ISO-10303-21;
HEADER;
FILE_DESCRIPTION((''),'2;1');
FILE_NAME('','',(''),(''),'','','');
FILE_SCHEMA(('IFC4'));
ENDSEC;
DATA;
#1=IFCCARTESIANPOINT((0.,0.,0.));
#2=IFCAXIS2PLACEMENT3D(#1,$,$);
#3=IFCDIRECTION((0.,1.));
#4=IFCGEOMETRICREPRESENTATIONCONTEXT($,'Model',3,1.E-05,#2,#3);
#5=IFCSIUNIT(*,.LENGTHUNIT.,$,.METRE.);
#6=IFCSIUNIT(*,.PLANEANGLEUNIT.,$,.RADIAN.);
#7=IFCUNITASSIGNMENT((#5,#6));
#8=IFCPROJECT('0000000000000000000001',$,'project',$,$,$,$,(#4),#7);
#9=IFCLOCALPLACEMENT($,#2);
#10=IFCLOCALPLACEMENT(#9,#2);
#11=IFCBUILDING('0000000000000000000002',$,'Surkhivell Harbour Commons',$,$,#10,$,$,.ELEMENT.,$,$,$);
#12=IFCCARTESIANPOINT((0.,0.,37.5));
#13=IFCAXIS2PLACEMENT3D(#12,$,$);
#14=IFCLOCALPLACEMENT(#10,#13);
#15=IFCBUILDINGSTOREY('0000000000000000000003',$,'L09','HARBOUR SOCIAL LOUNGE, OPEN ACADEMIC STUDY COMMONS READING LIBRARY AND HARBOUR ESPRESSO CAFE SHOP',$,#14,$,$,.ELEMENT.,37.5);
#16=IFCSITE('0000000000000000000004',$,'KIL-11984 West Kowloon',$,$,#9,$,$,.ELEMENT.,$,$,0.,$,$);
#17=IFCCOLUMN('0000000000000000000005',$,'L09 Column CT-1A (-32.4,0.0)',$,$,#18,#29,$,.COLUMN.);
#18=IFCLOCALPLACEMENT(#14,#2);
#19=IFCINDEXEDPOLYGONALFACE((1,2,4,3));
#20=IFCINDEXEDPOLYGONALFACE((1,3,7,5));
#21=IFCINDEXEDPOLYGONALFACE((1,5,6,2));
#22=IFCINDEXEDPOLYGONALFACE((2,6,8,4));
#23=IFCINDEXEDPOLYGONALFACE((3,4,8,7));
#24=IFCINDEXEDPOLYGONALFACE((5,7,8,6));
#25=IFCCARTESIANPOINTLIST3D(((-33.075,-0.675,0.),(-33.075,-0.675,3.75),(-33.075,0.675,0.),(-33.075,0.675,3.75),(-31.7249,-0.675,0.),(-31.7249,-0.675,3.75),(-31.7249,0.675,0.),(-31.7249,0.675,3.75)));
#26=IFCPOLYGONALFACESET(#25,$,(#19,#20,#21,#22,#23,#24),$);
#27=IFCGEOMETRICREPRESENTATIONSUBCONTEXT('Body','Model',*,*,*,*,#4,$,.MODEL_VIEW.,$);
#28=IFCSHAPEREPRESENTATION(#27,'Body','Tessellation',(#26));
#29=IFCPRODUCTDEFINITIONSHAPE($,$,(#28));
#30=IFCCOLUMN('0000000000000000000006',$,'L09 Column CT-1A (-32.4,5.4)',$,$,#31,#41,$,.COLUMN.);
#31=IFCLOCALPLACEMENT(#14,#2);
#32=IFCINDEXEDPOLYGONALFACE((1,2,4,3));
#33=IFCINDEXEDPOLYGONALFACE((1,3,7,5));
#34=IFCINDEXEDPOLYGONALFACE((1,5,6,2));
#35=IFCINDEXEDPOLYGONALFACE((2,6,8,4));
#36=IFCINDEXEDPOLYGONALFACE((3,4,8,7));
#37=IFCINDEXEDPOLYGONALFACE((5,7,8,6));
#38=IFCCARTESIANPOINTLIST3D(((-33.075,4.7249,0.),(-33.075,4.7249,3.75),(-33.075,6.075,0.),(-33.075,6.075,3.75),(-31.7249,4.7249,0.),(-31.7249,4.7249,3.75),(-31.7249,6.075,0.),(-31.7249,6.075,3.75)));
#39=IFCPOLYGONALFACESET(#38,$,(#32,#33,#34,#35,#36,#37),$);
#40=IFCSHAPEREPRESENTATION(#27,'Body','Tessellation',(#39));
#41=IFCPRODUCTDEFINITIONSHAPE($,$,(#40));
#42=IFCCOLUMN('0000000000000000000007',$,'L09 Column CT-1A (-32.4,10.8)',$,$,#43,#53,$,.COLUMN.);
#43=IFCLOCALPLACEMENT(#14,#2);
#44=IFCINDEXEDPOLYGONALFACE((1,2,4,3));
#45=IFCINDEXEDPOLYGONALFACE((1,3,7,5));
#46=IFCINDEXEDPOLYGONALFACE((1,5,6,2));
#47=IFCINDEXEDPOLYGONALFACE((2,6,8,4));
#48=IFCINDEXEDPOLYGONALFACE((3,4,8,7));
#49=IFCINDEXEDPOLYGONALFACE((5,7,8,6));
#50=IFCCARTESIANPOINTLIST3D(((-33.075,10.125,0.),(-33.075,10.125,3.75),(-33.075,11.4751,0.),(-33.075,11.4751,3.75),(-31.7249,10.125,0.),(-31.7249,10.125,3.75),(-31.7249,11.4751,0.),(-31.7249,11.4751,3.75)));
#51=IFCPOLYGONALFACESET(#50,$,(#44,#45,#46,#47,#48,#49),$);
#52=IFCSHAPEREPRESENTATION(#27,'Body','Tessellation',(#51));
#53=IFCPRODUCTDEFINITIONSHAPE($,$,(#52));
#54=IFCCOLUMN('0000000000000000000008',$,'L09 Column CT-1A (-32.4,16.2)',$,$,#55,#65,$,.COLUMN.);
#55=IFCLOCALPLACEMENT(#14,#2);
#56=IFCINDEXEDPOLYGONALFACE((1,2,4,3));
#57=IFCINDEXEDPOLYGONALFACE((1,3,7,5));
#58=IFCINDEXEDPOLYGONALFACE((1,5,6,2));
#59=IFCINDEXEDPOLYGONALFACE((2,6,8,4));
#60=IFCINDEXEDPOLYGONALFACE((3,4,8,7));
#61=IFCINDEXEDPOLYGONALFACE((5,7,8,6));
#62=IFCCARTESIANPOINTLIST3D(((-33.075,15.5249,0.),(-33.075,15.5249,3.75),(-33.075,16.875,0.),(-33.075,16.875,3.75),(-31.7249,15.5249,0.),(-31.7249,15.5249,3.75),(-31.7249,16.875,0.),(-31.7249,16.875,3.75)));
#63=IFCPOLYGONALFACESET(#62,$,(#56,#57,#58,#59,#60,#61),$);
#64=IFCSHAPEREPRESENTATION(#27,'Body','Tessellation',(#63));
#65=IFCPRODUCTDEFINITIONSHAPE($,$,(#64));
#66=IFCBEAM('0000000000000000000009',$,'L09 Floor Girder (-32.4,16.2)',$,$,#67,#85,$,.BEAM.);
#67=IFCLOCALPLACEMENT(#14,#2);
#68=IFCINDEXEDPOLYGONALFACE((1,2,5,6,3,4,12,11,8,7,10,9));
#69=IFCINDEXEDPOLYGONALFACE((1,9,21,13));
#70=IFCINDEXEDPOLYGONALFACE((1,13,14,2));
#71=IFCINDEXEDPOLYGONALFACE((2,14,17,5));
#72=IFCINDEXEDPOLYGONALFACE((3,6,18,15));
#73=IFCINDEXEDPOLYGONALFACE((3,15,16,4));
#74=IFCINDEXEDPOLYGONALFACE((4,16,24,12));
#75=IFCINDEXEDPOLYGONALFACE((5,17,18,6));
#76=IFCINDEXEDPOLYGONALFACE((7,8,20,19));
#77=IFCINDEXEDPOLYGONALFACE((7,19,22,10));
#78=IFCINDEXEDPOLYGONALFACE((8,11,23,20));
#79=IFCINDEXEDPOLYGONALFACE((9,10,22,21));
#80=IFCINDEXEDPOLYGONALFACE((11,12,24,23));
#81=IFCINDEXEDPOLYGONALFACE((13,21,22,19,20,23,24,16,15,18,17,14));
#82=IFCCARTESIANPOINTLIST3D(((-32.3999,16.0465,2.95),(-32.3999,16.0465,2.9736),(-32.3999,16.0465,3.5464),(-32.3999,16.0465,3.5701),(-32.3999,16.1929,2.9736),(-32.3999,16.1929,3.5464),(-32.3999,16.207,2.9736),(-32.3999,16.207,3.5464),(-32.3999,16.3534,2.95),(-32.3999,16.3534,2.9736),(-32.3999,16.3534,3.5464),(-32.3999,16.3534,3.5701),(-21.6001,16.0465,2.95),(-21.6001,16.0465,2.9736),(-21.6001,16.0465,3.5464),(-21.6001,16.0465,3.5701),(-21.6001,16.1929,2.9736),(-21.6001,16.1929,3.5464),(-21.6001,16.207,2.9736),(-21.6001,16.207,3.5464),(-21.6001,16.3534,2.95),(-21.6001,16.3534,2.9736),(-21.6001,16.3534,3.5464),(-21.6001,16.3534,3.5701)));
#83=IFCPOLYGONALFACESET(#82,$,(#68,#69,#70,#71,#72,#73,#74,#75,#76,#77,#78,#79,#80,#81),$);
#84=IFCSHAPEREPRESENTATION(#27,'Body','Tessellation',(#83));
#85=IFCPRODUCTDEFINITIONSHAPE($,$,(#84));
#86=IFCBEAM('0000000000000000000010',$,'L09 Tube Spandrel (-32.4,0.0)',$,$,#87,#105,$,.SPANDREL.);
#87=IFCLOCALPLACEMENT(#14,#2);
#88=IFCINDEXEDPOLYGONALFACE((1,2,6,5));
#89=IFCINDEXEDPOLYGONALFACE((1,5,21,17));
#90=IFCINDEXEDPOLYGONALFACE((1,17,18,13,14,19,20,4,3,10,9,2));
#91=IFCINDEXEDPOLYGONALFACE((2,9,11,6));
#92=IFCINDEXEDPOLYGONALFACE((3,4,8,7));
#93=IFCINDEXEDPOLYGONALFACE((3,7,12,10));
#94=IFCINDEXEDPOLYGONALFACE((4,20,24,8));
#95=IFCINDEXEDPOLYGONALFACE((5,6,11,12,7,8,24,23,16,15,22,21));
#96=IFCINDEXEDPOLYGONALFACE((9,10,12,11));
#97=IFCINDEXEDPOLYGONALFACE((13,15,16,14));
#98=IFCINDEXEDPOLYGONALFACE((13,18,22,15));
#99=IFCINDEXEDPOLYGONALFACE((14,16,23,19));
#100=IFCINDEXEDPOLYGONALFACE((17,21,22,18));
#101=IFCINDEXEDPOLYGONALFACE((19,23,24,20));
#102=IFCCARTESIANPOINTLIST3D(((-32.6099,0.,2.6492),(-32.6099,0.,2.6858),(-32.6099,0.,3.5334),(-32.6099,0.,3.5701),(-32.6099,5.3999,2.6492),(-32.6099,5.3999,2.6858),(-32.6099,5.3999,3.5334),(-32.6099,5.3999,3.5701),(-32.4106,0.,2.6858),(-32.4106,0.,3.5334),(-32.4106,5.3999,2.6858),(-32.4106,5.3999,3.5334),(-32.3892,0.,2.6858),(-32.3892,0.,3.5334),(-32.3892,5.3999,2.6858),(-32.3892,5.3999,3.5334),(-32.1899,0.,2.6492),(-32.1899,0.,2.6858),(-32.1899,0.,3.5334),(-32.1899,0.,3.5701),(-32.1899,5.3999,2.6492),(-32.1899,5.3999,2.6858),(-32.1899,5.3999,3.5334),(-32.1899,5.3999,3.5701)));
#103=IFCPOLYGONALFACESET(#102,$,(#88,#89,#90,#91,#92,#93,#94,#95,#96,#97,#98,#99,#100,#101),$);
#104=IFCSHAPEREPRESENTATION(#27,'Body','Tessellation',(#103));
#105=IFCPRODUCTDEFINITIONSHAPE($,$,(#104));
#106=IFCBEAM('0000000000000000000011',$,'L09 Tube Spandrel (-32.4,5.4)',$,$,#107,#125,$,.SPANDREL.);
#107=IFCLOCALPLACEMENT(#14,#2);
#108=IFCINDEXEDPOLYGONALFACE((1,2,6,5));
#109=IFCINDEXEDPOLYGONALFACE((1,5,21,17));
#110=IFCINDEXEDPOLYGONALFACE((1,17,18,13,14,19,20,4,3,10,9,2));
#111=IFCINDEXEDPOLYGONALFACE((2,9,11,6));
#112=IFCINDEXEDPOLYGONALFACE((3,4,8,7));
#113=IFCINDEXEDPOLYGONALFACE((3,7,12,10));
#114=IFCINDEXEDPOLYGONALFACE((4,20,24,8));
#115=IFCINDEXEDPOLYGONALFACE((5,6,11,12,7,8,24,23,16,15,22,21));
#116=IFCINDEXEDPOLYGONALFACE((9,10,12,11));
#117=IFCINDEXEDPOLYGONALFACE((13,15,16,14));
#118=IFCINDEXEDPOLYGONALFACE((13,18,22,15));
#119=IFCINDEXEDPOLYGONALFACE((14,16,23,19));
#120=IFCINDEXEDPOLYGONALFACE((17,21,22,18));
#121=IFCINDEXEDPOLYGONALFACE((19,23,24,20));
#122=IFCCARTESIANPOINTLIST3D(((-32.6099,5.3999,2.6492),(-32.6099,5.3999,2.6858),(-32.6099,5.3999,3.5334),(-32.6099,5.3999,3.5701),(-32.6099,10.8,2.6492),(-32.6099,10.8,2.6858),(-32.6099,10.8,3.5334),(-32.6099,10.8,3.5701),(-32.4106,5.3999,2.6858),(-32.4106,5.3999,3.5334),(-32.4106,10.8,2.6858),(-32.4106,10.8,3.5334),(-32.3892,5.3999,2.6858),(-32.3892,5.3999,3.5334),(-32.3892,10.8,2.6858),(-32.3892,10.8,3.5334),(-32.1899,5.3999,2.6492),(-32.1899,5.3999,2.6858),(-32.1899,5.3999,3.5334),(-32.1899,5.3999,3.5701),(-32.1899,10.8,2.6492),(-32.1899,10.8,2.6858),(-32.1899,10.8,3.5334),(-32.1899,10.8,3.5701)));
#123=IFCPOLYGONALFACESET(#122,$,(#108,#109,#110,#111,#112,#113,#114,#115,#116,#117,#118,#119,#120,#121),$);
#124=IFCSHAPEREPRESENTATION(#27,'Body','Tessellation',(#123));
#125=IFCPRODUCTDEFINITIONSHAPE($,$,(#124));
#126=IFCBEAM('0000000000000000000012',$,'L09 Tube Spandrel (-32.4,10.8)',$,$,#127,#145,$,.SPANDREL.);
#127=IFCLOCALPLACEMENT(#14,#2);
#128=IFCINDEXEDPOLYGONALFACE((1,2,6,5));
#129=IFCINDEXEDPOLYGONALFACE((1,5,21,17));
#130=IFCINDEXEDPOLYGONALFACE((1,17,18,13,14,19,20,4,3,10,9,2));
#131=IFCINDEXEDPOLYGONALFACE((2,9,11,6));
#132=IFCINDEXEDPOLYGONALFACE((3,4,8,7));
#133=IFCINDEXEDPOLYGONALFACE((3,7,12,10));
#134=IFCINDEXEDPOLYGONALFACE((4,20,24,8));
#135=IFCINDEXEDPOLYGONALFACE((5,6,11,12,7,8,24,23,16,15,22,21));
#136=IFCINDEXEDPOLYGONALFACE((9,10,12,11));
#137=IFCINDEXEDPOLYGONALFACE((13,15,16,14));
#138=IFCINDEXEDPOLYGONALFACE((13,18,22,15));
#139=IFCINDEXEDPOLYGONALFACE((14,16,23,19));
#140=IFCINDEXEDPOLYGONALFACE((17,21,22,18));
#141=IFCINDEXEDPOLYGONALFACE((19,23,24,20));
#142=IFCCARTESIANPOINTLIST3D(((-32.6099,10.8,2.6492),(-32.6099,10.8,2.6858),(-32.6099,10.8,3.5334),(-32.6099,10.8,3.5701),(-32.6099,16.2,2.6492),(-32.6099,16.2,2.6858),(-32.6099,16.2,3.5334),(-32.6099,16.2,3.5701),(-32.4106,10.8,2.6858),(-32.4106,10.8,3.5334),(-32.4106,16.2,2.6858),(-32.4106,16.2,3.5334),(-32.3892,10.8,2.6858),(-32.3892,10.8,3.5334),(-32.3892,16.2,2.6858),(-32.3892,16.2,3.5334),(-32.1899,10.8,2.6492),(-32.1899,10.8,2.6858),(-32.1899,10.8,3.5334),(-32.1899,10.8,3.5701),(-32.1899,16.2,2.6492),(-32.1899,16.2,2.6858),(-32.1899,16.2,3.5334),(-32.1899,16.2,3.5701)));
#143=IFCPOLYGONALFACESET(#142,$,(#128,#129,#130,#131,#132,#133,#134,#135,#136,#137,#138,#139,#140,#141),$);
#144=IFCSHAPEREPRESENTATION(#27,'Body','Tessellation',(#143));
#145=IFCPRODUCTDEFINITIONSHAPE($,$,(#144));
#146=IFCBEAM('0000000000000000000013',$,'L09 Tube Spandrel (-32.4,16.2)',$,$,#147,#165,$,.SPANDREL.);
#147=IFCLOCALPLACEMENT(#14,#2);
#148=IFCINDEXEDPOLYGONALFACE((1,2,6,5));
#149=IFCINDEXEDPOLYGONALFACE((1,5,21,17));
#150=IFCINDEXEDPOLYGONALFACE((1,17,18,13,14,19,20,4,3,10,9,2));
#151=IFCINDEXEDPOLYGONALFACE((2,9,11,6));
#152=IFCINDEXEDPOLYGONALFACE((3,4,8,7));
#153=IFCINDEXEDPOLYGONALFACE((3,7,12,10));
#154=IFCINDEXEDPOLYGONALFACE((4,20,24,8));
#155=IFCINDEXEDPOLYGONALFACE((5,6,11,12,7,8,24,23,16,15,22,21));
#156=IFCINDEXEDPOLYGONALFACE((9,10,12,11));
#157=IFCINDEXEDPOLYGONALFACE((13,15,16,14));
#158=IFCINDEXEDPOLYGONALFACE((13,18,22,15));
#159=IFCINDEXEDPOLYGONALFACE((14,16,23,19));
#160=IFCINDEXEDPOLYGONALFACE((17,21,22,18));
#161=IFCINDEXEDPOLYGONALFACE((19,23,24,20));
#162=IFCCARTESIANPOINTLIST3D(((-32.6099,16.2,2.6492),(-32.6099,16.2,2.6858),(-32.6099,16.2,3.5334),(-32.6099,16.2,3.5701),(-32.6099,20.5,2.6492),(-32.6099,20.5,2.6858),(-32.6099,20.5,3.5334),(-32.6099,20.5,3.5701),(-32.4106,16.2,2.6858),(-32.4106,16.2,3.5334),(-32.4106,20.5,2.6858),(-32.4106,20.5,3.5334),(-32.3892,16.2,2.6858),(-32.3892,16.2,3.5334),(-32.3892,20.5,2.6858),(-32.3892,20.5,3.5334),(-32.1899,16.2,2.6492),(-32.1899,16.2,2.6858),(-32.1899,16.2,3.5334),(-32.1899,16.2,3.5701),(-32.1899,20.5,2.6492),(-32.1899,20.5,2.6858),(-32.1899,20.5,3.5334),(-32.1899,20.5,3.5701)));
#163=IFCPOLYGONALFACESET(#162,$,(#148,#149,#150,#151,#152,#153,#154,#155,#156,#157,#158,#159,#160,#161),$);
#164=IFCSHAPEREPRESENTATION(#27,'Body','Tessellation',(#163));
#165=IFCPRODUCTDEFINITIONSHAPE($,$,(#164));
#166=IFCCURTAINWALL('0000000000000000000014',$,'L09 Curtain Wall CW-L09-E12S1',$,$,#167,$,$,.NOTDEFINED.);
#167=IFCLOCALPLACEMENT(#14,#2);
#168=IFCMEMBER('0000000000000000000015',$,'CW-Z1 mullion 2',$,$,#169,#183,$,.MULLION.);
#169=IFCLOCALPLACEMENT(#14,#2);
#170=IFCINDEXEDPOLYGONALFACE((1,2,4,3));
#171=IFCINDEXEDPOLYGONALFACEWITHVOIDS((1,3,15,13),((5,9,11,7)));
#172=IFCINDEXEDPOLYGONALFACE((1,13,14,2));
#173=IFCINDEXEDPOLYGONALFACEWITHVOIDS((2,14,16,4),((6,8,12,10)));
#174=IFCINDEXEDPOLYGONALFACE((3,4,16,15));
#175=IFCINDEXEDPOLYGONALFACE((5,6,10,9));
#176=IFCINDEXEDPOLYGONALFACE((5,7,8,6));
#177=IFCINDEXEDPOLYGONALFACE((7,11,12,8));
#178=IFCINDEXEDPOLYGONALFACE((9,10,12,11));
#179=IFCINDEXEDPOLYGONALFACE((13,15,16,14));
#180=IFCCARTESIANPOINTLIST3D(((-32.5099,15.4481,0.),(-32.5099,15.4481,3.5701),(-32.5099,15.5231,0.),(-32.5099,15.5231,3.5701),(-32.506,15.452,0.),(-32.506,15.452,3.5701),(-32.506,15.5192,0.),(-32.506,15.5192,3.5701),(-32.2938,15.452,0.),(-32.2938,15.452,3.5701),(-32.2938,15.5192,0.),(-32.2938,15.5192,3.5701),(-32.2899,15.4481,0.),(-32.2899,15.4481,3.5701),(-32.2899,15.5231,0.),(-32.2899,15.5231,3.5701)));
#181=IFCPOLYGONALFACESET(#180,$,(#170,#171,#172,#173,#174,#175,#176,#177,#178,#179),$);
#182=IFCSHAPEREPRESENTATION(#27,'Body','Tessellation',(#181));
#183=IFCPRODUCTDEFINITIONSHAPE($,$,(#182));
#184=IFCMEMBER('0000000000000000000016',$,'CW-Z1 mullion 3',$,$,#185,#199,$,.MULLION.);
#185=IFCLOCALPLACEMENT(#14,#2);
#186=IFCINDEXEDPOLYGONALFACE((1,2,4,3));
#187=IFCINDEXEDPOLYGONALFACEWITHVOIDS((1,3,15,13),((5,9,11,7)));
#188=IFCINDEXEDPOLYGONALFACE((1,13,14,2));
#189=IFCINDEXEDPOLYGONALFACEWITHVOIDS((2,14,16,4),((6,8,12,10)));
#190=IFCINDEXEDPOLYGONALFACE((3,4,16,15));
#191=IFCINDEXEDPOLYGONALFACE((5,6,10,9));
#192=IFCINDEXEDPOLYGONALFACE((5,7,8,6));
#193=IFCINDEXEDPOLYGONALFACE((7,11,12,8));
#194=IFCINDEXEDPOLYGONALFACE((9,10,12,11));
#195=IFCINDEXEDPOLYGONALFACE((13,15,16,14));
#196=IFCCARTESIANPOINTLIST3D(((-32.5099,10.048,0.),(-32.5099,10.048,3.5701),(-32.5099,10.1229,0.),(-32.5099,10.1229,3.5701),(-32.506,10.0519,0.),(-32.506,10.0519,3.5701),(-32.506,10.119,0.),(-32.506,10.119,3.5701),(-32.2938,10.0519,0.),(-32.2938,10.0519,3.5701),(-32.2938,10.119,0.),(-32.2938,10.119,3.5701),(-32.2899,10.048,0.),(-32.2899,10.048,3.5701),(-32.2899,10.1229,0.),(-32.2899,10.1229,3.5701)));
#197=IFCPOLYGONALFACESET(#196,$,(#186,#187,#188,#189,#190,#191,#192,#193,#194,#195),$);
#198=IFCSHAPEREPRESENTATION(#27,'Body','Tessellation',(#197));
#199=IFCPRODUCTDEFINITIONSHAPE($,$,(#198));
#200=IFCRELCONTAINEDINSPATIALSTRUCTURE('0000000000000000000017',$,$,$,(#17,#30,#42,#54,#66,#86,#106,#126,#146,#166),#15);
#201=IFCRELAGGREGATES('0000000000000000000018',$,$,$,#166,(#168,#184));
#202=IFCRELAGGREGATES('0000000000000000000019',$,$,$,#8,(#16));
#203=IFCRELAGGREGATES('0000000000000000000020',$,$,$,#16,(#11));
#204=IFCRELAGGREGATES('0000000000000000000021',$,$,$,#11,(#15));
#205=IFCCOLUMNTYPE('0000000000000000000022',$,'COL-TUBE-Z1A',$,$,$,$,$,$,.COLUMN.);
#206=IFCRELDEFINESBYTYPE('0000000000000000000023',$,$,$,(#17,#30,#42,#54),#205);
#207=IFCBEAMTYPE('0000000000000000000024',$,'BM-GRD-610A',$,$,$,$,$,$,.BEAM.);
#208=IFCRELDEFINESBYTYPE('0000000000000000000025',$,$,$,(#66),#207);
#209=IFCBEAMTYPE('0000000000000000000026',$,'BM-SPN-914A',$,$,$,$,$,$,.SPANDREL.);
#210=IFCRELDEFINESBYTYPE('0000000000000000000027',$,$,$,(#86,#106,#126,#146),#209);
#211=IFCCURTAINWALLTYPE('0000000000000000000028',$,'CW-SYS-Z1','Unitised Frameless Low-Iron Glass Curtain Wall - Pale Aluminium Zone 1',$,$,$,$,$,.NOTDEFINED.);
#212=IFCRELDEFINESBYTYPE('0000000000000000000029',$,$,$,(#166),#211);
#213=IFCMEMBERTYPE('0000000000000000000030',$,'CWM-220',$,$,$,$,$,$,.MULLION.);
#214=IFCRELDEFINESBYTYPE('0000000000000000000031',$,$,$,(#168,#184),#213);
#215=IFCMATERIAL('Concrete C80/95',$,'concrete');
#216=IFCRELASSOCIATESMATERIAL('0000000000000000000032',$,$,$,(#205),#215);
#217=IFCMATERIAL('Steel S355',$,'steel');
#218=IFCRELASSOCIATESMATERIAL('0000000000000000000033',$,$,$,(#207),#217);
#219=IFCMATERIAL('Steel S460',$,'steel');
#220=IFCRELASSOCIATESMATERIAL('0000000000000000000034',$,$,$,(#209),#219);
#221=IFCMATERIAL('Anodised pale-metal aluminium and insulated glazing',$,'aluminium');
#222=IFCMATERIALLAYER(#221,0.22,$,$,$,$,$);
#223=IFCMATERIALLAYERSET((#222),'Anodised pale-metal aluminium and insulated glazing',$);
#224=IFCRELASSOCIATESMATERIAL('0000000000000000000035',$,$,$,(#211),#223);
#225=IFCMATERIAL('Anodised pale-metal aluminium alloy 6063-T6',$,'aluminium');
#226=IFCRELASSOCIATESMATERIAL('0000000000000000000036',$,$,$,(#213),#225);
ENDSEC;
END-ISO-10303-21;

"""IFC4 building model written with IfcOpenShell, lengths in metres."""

from ifc_helpers import new_model, si_unit, direction, frame, origin, origin_2d, place, context, subcontext, project, spatial, rectangle, hollow_rectangle, i_section, extrude, material, layer, layer_set, material_profile, profile_set, type_object, element, aggregate, save


model = new_model("IFC4")

# Units and contexts
model_context = context("Model", 3, precision=1e-05, world=origin(), true_north=direction((0.0, 1.0)))
body_context = subcontext(model_context, "Body", "Model", "MODEL_VIEW")
ifc_project = project(units=[si_unit("LENGTHUNIT", "METRE"), si_unit("PLANEANGLEUNIT", "RADIAN")], contexts=[model_context])

# Site, building, storey
site_placement = place(None, origin())
site = spatial("IfcSite", under=ifc_project, at=site_placement, Name="KIL-11984 West Kowloon", CompositionType="ELEMENT", RefElevation=0.0)
building_placement = place(site_placement, origin())
building = spatial("IfcBuilding", under=site, at=building_placement, Name="Surkhivell Harbour Commons", CompositionType="ELEMENT")
storey_placement = place(building_placement, frame((0.0, 0.0, 37.5)))
storey = spatial("IfcBuildingStorey", under=building, at=storey_placement, Name="L09", Description="HARBOUR SOCIAL LOUNGE, OPEN ACADEMIC STUDY COMMONS READING LIBRARY AND HARBOUR ESPRESSO CAFE SHOP", CompositionType="ELEMENT", Elevation=37.5)

# Columns
ifc_material_1 = material(Name="Concrete C80/95", Category="concrete")
ifc_material_profile_1 = material_profile(ifc_material_1, rectangle(XDim=1.3501, YDim=1.3501, at=origin_2d()), Name="RC-COL-1350x1350")
ifc_profile_set_1 = profile_set([ifc_material_profile_1], Name="Concrete C80/95")
column_type = type_object("IfcColumnType", Name="COL-TUBE-Z1A", PredefinedType="COLUMN", material=ifc_profile_set_1)
for number, where, z_axis, x_axis, name in (
    (1, (-32.3999, 0.0, 0.0), (0.0, 0.0, 1.0), (1.0, 0.0, 0.0), "L09 Column CT-1A (-32.4,0.0)"),
    (2, (-32.3999, 5.3999, 0.0), (0.0, 0.0, 1.0), (1.0, 0.0, 0.0), "L09 Column CT-1A (-32.4,5.4)"),
    (3, (-32.3999, 10.8, 0.0), (0.0, 0.0, 1.0), (1.0, 0.0, 0.0), "L09 Column CT-1A (-32.4,10.8)"),
    (4, (-32.3999, 16.2, 0.0), (0.0, 0.0, 1.0), (1.0, 0.0, 0.0), "L09 Column CT-1A (-32.4,16.2)"),
):
    element("IfcColumn", number, at=place(storey_placement, frame(where, z_axis=z_axis, x_axis=x_axis)), inside=storey, type_object=column_type, Name=name, PredefinedType="COLUMN", context=body_context, shape_type="SweptSolid", body=[
        extrude(rectangle(XDim=1.3501, YDim=1.3501, at=origin_2d()), origin(), (0.0, 0.0, 1.0), 3.75),
    ])

# Beams
ifc_material_2 = material(Name="Steel S355", Category="steel")
ifc_material_profile_2 = material_profile(ifc_material_2, i_section(OverallWidth=0.3069, OverallDepth=0.6201, WebThickness=0.0142, FlangeThickness=0.0237, at=origin_2d()), Name="UB610x305x179")
ifc_profile_set_2 = profile_set([ifc_material_profile_2], Name="Steel S355")
beam_type_1 = type_object("IfcBeamType", Name="BM-GRD-610A", PredefinedType="BEAM", material=ifc_profile_set_2)
beam_1_placement = place(storey_placement, frame((-32.3999, 16.2, 3.26), z_axis=(1.0, 0.0, 0.0), x_axis=(0.0, 1.0, 0.0)))
element("IfcBeam", 5, at=beam_1_placement, inside=storey, type_object=beam_type_1, Name="L09 Floor Girder (-32.4,16.2)", PredefinedType="BEAM", context=body_context, shape_type="SweptSolid", body=[
    extrude(i_section(OverallWidth=0.3069, OverallDepth=0.6201, WebThickness=0.0142, FlangeThickness=0.0237, at=origin_2d()), origin(), (0.0, 0.0, 1.0), 10.7998),
])
ifc_material_3 = material(Name="Steel S460", Category="steel")
ifc_material_profile_3 = material_profile(ifc_material_3, i_section(OverallWidth=0.4199, OverallDepth=0.9209, WebThickness=0.0215, FlangeThickness=0.0366, at=origin_2d()), Name="UB914x419x388")
ifc_profile_set_3 = profile_set([ifc_material_profile_3], Name="Steel S460")
beam_type_2 = type_object("IfcBeamType", Name="BM-SPN-914A", PredefinedType="SPANDREL", material=ifc_profile_set_3)
beam_2_placement = place(storey_placement, frame((-32.3999, 0.0, 3.1096), z_axis=(0.0, 1.0, 0.0), x_axis=(-1.0, 0.0, 0.0)))
element("IfcBeam", 6, at=beam_2_placement, inside=storey, type_object=beam_type_2, Name="L09 Tube Spandrel (-32.4,0.0)", PredefinedType="SPANDREL", context=body_context, shape_type="SweptSolid", body=[
    extrude(i_section(OverallWidth=0.4199, OverallDepth=0.9209, WebThickness=0.0215, FlangeThickness=0.0366, at=origin_2d()), origin(), (0.0, 0.0, 1.0), 5.3999),
])
beam_3_placement = place(storey_placement, frame((-32.3999, 5.3999, 3.1096), z_axis=(0.0, 1.0, 0.0), x_axis=(-1.0, 0.0, 0.0)))
element("IfcBeam", 7, at=beam_3_placement, inside=storey, type_object=beam_type_2, Name="L09 Tube Spandrel (-32.4,5.4)", PredefinedType="SPANDREL", context=body_context, shape_type="SweptSolid", body=[
    extrude(i_section(OverallWidth=0.4199, OverallDepth=0.9209, WebThickness=0.0215, FlangeThickness=0.0366, at=origin_2d()), origin(), (0.0, 0.0, 1.0), 5.4001),
])
beam_4_placement = place(storey_placement, frame((-32.3999, 10.8, 3.1096), z_axis=(0.0, 1.0, 0.0), x_axis=(-1.0, 0.0, 0.0)))
element("IfcBeam", 8, at=beam_4_placement, inside=storey, type_object=beam_type_2, Name="L09 Tube Spandrel (-32.4,10.8)", PredefinedType="SPANDREL", context=body_context, shape_type="SweptSolid", body=[
    extrude(i_section(OverallWidth=0.4199, OverallDepth=0.9209, WebThickness=0.0215, FlangeThickness=0.0366, at=origin_2d()), origin(), (0.0, 0.0, 1.0), 5.3999),
])
beam_5_placement = place(storey_placement, frame((-32.3999, 16.2, 3.1096), z_axis=(0.0, 1.0, 0.0), x_axis=(-1.0, 0.0, 0.0)))
element("IfcBeam", 9, at=beam_5_placement, inside=storey, type_object=beam_type_2, Name="L09 Tube Spandrel (-32.4,16.2)", PredefinedType="SPANDREL", context=body_context, shape_type="SweptSolid", body=[
    extrude(i_section(OverallWidth=0.4199, OverallDepth=0.9209, WebThickness=0.0215, FlangeThickness=0.0366, at=origin_2d()), origin(), (0.0, 0.0, 1.0), 4.3),
])

# Curtain wall, members
ifc_material_4 = material(Name="Anodised pale-metal aluminium and insulated glazing", Category="aluminium")
ifc_layer_1 = layer(ifc_material_4, 0.22)
ifc_layer_set_1 = layer_set([ifc_layer_1], Name="Anodised pale-metal aluminium and insulated glazing")
curtain_wall_type = type_object("IfcCurtainWallType", Name="CW-SYS-Z1", Description="Unitised Frameless Low-Iron Glass Curtain Wall - Pale Aluminium Zone 1", PredefinedType="NOTDEFINED", material=ifc_layer_set_1)
curtain_wall_placement = place(storey_placement, origin())
curtain_wall = element("IfcCurtainWall", 10, at=curtain_wall_placement, inside=storey, type_object=curtain_wall_type, Name="L09 Curtain Wall CW-L09-E12S1", PredefinedType="NOTDEFINED")
ifc_material_5 = material(Name="Anodised pale-metal aluminium alloy 6063-T6", Category="aluminium")
ifc_material_profile_4 = material_profile(ifc_material_5, hollow_rectangle(XDim=0.075, YDim=0.22, WallThickness=0.0039, at=origin_2d()), Name="ALU-MULL-75x220")
ifc_profile_set_4 = profile_set([ifc_material_profile_4], Name="Anodised pale-metal aluminium alloy 6063-T6")
member_type_1 = type_object("IfcMemberType", Name="CWM-220", PredefinedType="MULLION", material=ifc_profile_set_4)
member_1_placement = place(storey_placement, frame((-32.3999, 15.4856, 0.0), z_axis=(0.0, 0.0, 1.0), x_axis=(0.0, -1.0, 0.0)))
member_1 = element("IfcMember", 11, at=member_1_placement, type_object=member_type_1, Name="CW-Z1 mullion 2", PredefinedType="MULLION", context=body_context, shape_type="SweptSolid", body=[
    extrude(hollow_rectangle(XDim=0.075, YDim=0.22, WallThickness=0.0039, at=origin_2d()), origin(), (0.0, 0.0, 1.0), 3.5701),
])
member_2_placement = place(storey_placement, frame((-32.3999, 10.0854, 0.0), z_axis=(0.0, 0.0, 1.0), x_axis=(0.0, -1.0, 0.0)))
member_2 = element("IfcMember", 12, at=member_2_placement, type_object=member_type_1, Name="CW-Z1 mullion 3", PredefinedType="MULLION", context=body_context, shape_type="SweptSolid", body=[
    extrude(hollow_rectangle(XDim=0.075, YDim=0.22, WallThickness=0.0039, at=origin_2d()), origin(), (0.0, 0.0, 1.0), 3.5701),
])
aggregate(curtain_wall, [member_1, member_2])

save(model, "model.ifc")
